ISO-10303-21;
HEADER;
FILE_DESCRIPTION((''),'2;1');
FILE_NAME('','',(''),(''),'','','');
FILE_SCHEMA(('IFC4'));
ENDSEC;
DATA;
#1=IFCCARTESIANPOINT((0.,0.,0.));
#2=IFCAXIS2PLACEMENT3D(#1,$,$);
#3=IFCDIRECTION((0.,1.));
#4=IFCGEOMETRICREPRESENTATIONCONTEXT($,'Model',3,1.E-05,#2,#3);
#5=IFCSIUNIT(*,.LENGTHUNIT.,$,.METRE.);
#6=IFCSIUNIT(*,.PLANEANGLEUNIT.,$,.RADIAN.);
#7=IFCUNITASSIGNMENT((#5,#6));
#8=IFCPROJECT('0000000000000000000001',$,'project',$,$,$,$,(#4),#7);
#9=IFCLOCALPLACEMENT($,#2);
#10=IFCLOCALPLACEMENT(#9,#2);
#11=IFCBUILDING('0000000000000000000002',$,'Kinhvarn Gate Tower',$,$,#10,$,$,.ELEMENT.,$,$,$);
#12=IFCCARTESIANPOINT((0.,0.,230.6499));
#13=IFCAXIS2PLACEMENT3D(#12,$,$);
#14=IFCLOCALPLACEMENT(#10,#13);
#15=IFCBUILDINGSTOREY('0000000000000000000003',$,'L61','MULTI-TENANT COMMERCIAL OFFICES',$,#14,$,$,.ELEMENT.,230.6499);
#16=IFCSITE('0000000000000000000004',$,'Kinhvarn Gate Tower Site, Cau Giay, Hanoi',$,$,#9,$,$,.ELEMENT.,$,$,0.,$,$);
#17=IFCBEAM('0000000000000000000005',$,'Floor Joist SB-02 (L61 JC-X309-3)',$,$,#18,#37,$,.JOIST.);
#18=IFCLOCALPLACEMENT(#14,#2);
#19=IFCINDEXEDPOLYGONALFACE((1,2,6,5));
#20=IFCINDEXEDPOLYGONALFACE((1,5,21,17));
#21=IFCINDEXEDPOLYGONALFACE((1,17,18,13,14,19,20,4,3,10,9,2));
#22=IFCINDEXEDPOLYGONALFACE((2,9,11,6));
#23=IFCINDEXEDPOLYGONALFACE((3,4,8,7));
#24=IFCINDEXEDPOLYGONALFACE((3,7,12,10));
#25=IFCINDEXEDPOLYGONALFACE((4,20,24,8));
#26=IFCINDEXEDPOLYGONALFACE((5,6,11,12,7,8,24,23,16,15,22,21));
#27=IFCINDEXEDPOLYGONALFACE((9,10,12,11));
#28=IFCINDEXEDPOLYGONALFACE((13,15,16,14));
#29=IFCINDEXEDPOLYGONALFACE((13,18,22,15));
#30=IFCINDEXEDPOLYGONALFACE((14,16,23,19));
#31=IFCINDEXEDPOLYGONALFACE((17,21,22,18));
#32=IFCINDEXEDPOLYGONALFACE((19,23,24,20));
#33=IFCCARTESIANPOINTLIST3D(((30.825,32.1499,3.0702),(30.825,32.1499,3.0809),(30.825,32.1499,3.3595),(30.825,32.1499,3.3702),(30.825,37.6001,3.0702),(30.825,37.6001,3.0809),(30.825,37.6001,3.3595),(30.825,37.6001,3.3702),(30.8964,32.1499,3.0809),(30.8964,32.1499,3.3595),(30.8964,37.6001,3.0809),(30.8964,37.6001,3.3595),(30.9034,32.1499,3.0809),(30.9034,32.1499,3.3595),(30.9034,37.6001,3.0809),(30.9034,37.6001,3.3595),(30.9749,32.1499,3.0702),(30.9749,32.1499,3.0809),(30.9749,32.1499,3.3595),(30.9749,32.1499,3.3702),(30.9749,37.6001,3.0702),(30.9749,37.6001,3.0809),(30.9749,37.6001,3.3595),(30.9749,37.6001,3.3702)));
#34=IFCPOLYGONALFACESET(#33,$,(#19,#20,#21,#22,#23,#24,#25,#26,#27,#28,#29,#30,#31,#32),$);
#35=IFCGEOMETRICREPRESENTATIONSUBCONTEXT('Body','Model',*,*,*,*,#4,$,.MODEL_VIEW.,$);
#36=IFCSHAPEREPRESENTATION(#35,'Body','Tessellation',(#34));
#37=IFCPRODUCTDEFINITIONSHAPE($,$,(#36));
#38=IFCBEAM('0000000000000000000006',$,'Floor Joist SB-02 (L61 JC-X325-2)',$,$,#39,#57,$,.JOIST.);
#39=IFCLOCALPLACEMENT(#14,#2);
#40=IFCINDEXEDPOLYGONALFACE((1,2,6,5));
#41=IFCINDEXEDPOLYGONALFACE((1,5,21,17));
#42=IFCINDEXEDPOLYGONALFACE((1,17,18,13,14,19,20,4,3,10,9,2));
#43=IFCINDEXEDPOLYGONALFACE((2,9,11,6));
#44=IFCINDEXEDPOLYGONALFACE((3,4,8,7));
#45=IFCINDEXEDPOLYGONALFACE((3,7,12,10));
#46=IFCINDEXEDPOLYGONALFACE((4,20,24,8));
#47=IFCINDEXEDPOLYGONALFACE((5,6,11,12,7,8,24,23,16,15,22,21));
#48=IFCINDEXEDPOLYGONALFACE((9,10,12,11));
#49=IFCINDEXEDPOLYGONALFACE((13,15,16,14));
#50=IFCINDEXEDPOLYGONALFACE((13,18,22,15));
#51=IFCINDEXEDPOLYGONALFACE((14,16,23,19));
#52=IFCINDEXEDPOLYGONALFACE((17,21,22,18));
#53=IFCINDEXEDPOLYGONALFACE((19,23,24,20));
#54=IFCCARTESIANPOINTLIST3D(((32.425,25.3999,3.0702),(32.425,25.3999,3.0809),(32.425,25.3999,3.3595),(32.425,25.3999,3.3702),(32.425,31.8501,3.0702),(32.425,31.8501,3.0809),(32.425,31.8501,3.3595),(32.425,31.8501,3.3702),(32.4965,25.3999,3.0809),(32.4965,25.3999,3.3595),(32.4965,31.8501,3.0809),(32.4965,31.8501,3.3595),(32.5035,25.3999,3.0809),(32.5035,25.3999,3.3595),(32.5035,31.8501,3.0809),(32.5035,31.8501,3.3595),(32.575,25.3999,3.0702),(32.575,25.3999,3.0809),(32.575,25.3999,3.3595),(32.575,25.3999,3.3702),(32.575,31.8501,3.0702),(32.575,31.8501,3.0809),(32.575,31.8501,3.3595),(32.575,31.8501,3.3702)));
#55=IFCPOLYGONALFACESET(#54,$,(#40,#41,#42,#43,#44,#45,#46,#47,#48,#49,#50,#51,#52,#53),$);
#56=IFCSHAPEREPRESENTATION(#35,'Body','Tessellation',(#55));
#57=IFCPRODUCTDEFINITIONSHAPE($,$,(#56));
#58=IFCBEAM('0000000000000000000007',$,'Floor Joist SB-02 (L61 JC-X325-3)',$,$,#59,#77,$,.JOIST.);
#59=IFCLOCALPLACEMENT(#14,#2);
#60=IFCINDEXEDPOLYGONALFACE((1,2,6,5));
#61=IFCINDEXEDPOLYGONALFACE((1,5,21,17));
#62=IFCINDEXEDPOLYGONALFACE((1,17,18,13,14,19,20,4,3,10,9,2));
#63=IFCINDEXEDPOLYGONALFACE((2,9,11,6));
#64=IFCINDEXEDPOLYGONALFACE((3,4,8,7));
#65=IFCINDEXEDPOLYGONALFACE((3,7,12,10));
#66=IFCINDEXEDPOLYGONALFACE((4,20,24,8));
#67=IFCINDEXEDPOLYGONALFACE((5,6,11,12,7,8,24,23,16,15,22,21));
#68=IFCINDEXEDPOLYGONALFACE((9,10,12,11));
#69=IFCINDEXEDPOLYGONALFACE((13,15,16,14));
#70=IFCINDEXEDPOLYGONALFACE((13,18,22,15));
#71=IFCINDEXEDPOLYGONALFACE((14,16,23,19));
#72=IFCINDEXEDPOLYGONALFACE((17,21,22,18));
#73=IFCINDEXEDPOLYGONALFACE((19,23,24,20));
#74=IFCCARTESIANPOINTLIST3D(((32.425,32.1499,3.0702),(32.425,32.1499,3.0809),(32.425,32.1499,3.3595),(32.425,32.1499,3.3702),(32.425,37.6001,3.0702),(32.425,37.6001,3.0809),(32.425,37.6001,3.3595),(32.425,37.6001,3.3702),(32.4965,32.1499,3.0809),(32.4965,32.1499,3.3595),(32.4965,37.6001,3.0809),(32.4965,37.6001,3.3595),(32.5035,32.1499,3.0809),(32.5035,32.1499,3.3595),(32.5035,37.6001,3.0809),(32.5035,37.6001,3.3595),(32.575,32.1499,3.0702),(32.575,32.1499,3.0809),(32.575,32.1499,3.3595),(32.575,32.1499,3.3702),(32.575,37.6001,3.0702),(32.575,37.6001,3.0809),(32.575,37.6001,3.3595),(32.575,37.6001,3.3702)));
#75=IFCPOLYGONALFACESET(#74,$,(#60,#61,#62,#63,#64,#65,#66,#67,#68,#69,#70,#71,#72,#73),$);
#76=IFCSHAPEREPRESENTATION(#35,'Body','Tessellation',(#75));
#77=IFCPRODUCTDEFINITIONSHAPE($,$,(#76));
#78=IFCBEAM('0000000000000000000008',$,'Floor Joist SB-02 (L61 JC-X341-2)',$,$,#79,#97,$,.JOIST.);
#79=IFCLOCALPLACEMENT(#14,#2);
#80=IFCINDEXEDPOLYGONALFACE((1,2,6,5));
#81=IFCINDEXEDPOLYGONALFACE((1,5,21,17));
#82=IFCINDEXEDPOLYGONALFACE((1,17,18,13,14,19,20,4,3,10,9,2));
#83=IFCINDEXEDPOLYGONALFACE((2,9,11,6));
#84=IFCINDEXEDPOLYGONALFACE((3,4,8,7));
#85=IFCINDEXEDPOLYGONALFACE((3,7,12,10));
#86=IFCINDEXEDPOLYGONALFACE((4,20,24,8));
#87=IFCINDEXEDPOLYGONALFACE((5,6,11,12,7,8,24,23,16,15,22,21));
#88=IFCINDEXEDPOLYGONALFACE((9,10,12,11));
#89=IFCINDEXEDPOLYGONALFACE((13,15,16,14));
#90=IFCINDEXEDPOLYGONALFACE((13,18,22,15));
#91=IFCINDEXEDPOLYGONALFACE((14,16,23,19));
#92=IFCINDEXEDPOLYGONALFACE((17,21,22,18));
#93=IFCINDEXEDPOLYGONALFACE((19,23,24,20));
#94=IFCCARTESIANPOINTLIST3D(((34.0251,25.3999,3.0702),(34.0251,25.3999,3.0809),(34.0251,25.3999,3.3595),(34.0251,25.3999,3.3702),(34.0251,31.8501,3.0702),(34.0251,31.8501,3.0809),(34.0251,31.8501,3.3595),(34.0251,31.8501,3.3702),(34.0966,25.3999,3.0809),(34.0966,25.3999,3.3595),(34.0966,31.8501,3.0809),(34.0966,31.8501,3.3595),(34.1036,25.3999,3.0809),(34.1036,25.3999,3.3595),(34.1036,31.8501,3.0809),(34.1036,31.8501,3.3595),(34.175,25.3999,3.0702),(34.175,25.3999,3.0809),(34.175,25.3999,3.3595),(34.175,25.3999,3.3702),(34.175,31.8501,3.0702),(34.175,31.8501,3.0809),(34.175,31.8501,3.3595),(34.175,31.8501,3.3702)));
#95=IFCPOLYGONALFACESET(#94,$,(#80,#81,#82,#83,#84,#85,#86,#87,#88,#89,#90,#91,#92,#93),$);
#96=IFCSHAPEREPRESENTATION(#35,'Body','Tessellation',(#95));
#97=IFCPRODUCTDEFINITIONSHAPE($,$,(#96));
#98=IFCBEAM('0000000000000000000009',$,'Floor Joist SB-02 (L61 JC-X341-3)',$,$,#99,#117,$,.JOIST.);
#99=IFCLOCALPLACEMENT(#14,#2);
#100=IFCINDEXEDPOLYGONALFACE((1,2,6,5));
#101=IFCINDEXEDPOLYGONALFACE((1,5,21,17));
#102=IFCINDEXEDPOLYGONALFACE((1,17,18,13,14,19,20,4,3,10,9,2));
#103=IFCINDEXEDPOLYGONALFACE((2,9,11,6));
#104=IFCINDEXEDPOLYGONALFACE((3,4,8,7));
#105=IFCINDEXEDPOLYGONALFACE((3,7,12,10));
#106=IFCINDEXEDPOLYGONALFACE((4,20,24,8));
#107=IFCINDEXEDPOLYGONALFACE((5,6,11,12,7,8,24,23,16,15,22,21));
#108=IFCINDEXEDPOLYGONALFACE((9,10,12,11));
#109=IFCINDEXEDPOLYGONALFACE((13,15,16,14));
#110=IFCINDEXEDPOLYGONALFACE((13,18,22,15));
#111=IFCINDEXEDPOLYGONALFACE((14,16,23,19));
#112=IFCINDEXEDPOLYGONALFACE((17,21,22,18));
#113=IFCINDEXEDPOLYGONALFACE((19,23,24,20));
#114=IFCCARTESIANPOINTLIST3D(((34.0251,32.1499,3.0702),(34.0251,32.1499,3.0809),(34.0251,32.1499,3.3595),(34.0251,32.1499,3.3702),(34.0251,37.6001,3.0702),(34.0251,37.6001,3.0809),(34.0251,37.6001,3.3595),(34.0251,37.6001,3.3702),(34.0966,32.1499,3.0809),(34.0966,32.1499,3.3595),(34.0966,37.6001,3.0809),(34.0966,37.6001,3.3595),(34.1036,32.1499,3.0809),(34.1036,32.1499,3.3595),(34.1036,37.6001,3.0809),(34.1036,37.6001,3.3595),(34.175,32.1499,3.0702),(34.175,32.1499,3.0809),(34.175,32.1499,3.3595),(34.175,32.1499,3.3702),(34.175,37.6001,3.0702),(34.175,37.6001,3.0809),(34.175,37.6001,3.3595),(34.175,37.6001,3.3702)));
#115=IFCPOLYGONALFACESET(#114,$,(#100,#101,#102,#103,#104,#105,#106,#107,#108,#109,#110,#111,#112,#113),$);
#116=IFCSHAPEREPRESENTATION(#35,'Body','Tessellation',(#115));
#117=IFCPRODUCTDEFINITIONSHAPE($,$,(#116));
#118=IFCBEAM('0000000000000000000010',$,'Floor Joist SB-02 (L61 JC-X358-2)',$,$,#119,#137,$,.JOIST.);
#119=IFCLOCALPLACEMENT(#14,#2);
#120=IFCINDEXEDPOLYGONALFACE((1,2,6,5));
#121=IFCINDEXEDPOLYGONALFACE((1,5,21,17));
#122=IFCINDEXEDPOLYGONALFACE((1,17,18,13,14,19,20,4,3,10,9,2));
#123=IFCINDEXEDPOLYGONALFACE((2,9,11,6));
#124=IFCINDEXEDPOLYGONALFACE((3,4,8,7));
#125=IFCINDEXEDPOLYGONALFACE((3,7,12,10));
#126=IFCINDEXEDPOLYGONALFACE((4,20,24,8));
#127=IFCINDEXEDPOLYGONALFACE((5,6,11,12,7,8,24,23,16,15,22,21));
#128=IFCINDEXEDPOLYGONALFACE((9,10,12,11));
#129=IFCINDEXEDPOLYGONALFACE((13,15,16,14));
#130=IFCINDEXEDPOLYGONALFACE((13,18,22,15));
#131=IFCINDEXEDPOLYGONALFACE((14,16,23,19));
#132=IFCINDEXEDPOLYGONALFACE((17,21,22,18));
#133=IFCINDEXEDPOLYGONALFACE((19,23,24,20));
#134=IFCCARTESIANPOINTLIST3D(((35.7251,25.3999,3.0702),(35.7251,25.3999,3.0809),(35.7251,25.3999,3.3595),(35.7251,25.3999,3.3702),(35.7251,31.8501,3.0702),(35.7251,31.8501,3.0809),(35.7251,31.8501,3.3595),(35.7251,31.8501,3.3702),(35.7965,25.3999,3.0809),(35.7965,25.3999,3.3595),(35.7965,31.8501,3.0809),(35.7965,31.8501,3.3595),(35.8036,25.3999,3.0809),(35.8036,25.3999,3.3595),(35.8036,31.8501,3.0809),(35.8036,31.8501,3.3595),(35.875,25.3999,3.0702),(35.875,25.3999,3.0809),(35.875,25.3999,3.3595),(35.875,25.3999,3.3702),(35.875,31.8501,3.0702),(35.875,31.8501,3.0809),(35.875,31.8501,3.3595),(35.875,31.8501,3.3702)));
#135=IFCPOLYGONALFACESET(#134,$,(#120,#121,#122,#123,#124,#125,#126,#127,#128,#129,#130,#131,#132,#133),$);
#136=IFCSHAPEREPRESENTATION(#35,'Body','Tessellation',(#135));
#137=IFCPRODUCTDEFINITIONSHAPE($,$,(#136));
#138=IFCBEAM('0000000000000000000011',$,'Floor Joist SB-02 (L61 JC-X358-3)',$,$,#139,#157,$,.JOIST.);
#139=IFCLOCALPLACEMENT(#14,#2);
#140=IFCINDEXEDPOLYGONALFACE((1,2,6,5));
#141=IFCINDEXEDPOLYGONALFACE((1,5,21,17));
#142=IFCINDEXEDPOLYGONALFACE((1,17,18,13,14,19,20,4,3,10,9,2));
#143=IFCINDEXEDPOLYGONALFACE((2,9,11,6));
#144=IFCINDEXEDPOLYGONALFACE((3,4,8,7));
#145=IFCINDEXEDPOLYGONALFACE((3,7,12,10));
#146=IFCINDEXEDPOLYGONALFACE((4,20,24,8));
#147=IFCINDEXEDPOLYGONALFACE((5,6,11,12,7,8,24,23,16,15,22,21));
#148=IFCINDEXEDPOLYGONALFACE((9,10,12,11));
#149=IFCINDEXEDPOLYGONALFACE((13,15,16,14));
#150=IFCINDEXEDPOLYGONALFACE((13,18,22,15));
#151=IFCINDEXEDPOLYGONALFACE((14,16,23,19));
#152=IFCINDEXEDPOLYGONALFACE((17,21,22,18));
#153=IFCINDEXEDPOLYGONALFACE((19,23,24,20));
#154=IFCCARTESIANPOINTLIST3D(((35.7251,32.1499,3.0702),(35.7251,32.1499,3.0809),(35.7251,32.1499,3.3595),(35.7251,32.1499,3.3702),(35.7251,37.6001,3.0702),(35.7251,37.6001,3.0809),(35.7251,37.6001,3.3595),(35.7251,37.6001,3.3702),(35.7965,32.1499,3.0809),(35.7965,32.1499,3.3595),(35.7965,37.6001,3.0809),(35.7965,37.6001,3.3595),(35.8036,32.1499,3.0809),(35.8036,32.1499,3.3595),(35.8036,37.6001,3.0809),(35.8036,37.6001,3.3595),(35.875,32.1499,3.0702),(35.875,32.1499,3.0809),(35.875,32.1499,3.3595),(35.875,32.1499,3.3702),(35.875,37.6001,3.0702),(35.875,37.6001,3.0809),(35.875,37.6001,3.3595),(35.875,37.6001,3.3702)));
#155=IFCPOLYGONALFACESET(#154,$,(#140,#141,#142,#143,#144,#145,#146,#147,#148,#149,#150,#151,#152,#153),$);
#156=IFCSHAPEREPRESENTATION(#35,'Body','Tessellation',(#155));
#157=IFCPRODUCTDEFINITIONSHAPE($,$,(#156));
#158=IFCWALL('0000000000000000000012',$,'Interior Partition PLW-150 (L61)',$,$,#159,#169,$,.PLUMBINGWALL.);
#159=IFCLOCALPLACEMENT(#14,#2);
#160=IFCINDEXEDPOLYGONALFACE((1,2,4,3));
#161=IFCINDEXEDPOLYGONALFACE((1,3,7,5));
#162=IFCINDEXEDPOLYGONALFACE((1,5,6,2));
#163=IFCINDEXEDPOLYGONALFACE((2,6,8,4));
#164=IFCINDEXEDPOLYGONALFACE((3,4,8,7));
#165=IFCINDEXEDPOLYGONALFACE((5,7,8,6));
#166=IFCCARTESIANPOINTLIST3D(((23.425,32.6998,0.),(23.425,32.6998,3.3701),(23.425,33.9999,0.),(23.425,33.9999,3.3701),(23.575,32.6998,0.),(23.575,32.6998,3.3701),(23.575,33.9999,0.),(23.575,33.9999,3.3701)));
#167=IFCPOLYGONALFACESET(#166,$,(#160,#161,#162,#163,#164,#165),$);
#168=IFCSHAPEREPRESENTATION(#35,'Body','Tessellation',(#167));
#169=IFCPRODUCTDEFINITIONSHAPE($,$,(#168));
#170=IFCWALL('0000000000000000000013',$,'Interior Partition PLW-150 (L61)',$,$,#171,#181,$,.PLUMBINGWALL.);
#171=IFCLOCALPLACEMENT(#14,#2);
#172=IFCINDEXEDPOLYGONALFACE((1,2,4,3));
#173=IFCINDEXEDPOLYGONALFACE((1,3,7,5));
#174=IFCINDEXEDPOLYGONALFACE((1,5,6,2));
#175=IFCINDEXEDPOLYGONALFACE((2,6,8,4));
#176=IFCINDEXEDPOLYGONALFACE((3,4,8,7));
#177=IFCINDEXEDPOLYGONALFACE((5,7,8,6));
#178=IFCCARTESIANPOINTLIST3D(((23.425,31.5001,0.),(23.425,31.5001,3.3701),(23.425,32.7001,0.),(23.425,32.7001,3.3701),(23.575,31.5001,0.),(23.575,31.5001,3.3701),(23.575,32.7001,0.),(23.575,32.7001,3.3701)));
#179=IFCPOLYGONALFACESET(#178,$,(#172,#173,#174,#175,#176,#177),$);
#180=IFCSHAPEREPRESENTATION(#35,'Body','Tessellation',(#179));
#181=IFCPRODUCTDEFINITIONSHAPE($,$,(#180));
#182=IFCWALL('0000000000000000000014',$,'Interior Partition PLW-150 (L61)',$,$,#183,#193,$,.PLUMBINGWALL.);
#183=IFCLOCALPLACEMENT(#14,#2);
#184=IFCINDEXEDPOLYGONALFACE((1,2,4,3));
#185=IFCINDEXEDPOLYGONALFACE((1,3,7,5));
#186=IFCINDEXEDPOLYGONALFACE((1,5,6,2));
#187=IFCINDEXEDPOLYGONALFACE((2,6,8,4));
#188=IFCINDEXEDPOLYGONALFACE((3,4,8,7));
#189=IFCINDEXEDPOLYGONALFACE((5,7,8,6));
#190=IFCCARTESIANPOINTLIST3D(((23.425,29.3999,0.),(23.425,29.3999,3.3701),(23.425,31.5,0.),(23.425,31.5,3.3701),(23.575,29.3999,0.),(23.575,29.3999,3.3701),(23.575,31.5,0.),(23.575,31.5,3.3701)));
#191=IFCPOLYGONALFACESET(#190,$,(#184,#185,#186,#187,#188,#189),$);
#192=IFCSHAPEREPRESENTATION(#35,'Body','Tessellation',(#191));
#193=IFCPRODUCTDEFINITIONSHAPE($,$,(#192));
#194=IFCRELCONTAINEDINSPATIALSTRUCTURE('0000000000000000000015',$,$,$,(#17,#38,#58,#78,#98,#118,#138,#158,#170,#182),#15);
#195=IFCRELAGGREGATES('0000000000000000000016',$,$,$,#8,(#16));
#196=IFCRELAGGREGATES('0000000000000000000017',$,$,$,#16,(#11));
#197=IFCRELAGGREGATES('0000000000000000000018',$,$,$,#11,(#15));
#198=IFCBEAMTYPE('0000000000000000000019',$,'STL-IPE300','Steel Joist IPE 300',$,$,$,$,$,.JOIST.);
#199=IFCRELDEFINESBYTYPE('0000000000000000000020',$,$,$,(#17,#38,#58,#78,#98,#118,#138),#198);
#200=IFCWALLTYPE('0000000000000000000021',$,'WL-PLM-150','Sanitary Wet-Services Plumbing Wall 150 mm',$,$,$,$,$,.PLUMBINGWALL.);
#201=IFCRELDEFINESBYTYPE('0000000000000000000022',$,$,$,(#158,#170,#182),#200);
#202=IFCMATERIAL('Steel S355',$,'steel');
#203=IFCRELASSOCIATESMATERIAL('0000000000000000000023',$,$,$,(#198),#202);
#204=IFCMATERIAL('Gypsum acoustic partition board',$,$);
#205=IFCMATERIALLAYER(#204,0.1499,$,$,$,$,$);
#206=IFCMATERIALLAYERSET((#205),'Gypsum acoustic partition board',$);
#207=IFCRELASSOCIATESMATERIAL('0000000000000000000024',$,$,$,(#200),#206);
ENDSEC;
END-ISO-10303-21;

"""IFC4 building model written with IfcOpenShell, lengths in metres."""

from ifc_helpers import new_model, si_unit, direction, frame, frame_2d, origin, origin_2d, place, context, subcontext, project, spatial, rectangle, i_section, extrude, material, layer, layer_set, material_profile, profile_set, type_object, element, save


model = new_model("IFC4")

# Units and contexts
model_context = context("Model", 3, precision=1e-05, world=origin(), true_north=direction((0.0, 1.0)))
body_context = subcontext(model_context, "Body", "Model", "MODEL_VIEW")
ifc_project = project(units=[si_unit("LENGTHUNIT", "METRE"), si_unit("PLANEANGLEUNIT", "RADIAN")], contexts=[model_context])

# Site, building, storey
site_placement = place(None, origin())
site = spatial("IfcSite", under=ifc_project, at=site_placement, Name="Kinhvarn Gate Tower Site, Cau Giay, Hanoi", CompositionType="ELEMENT", RefElevation=0.0)
building_placement = place(site_placement, origin())
building = spatial("IfcBuilding", under=site, at=building_placement, Name="Kinhvarn Gate Tower", CompositionType="ELEMENT")
storey_placement = place(building_placement, frame((0.0, 0.0, 230.6499)))
storey = spatial("IfcBuildingStorey", under=building, at=storey_placement, Name="L61", Description="MULTI-TENANT COMMERCIAL OFFICES", CompositionType="ELEMENT", Elevation=230.6499)

# Beams
ifc_material_1 = material(Name="Steel S355", Category="steel")
ifc_material_profile = material_profile(ifc_material_1, i_section(OverallWidth=0.1499, OverallDepth=0.3, WebThickness=0.0071, FlangeThickness=0.0107, at=origin_2d()), Name="IPE 300")
ifc_profile_set = profile_set([ifc_material_profile], Name="Steel S355")
beam_type = type_object("IfcBeamType", Name="STL-IPE300", Description="Steel Joist IPE 300", PredefinedType="JOIST", material=ifc_profile_set)
beam_1_placement = place(storey_placement, frame((30.8999, 32.1499, 3.2202), z_axis=(0.0, 1.0, 0.0), x_axis=(-1.0, 0.0, 0.0)))
element("IfcBeam", 1, at=beam_1_placement, inside=storey, type_object=beam_type, Name="Floor Joist SB-02 (L61 JC-X309-3)", PredefinedType="JOIST", context=body_context, shape_type="SweptSolid", body=[
    extrude(i_section(OverallWidth=0.1499, OverallDepth=0.3, WebThickness=0.0071, FlangeThickness=0.0107, at=origin_2d()), origin(), (0.0, 0.0, 1.0), 5.4502),
])
beam_2_placement = place(storey_placement, frame((32.5, 25.3999, 3.2202), z_axis=(0.0, 1.0, 0.0), x_axis=(-1.0, 0.0, 0.0)))
element("IfcBeam", 2, at=beam_2_placement, inside=storey, type_object=beam_type, Name="Floor Joist SB-02 (L61 JC-X325-2)", PredefinedType="JOIST", context=body_context, shape_type="SweptSolid", body=[
    extrude(i_section(OverallWidth=0.1499, OverallDepth=0.3, WebThickness=0.0071, FlangeThickness=0.0107, at=origin_2d()), origin(), (0.0, 0.0, 1.0), 6.4502),
])
beam_3_placement = place(storey_placement, frame((32.5, 32.1499, 3.2202), z_axis=(0.0, 1.0, 0.0), x_axis=(-1.0, 0.0, 0.0)))
element("IfcBeam", 3, at=beam_3_placement, inside=storey, type_object=beam_type, Name="Floor Joist SB-02 (L61 JC-X325-3)", PredefinedType="JOIST", context=body_context, shape_type="SweptSolid", body=[
    extrude(i_section(OverallWidth=0.1499, OverallDepth=0.3, WebThickness=0.0071, FlangeThickness=0.0107, at=origin_2d()), origin(), (0.0, 0.0, 1.0), 5.4502),
])
beam_4_placement = place(storey_placement, frame((34.1001, 25.3999, 3.2202), z_axis=(0.0, 1.0, 0.0), x_axis=(-1.0, 0.0, 0.0)))
element("IfcBeam", 4, at=beam_4_placement, inside=storey, type_object=beam_type, Name="Floor Joist SB-02 (L61 JC-X341-2)", PredefinedType="JOIST", context=body_context, shape_type="SweptSolid", body=[
    extrude(i_section(OverallWidth=0.1499, OverallDepth=0.3, WebThickness=0.0071, FlangeThickness=0.0107, at=origin_2d()), origin(), (0.0, 0.0, 1.0), 6.4502),
])
beam_5_placement = place(storey_placement, frame((34.1001, 32.1499, 3.2202), z_axis=(0.0, 1.0, 0.0), x_axis=(-1.0, 0.0, 0.0)))
element("IfcBeam", 5, at=beam_5_placement, inside=storey, type_object=beam_type, Name="Floor Joist SB-02 (L61 JC-X341-3)", PredefinedType="JOIST", context=body_context, shape_type="SweptSolid", body=[
    extrude(i_section(OverallWidth=0.1499, OverallDepth=0.3, WebThickness=0.0071, FlangeThickness=0.0107, at=origin_2d()), origin(), (0.0, 0.0, 1.0), 5.4502),
])
beam_6_placement = place(storey_placement, frame((35.8, 25.3999, 3.2202), z_axis=(0.0, 1.0, 0.0), x_axis=(-1.0, 0.0, 0.0)))
element("IfcBeam", 6, at=beam_6_placement, inside=storey, type_object=beam_type, Name="Floor Joist SB-02 (L61 JC-X358-2)", PredefinedType="JOIST", context=body_context, shape_type="SweptSolid", body=[
    extrude(i_section(OverallWidth=0.1499, OverallDepth=0.3, WebThickness=0.0071, FlangeThickness=0.0107, at=origin_2d()), origin(), (0.0, 0.0, 1.0), 6.4502),
])
beam_7_placement = place(storey_placement, frame((35.8, 32.1499, 3.2202), z_axis=(0.0, 1.0, 0.0), x_axis=(-1.0, 0.0, 0.0)))
element("IfcBeam", 7, at=beam_7_placement, inside=storey, type_object=beam_type, Name="Floor Joist SB-02 (L61 JC-X358-3)", PredefinedType="JOIST", context=body_context, shape_type="SweptSolid", body=[
    extrude(i_section(OverallWidth=0.1499, OverallDepth=0.3, WebThickness=0.0071, FlangeThickness=0.0107, at=origin_2d()), origin(), (0.0, 0.0, 1.0), 5.4502),
])

# Walls
ifc_material_2 = material(Name="Gypsum acoustic partition board")
ifc_layer_1 = layer(ifc_material_2, 0.1499)
ifc_layer_set_1 = layer_set([ifc_layer_1], Name="Gypsum acoustic partition board")
wall_type_1 = type_object("IfcWallType", Name="WL-PLM-150", Description="Sanitary Wet-Services Plumbing Wall 150 mm", PredefinedType="PLUMBINGWALL", material=ifc_layer_set_1)
wall_1_placement = place(storey_placement, frame((23.5, 32.7, 0.0), z_axis=(0.0, 0.0, 1.0), x_axis=(0.0, 1.0, 0.0)))
element("IfcWall", 8, at=wall_1_placement, inside=storey, type_object=wall_type_1, Name="Interior Partition PLW-150 (L61)", PredefinedType="PLUMBINGWALL", context=body_context, shape_type="SweptSolid", body=[
    extrude(rectangle(XDim=1.3, YDim=0.1499, at=frame_2d((0.6499, 0.0))), origin(), (0.0, 0.0, 1.0), 3.3701),
])
wall_2_placement = place(storey_placement, frame((23.5, 31.5, 0.0), z_axis=(0.0, 0.0, 1.0), x_axis=(0.0, 1.0, 0.0)))
element("IfcWall", 9, at=wall_2_placement, inside=storey, type_object=wall_type_1, Name="Interior Partition PLW-150 (L61)", PredefinedType="PLUMBINGWALL", context=body_context, shape_type="SweptSolid", body=[
    extrude(rectangle(XDim=1.2, YDim=0.1499, at=frame_2d((0.6001, 0.0))), origin(), (0.0, 0.0, 1.0), 3.3701),
])
wall_3_placement = place(storey_placement, frame((23.5, 29.3999, 0.0), z_axis=(0.0, 0.0, 1.0), x_axis=(0.0, 1.0, 0.0)))
element("IfcWall", 10, at=wall_3_placement, inside=storey, type_object=wall_type_1, Name="Interior Partition PLW-150 (L61)", PredefinedType="PLUMBINGWALL", context=body_context, shape_type="SweptSolid", body=[
    extrude(rectangle(XDim=2.1001, YDim=0.1499, at=frame_2d((1.05, 0.0))), origin(), (0.0, 0.0, 1.0), 3.3701),
])

save(model, "model.ifc")
